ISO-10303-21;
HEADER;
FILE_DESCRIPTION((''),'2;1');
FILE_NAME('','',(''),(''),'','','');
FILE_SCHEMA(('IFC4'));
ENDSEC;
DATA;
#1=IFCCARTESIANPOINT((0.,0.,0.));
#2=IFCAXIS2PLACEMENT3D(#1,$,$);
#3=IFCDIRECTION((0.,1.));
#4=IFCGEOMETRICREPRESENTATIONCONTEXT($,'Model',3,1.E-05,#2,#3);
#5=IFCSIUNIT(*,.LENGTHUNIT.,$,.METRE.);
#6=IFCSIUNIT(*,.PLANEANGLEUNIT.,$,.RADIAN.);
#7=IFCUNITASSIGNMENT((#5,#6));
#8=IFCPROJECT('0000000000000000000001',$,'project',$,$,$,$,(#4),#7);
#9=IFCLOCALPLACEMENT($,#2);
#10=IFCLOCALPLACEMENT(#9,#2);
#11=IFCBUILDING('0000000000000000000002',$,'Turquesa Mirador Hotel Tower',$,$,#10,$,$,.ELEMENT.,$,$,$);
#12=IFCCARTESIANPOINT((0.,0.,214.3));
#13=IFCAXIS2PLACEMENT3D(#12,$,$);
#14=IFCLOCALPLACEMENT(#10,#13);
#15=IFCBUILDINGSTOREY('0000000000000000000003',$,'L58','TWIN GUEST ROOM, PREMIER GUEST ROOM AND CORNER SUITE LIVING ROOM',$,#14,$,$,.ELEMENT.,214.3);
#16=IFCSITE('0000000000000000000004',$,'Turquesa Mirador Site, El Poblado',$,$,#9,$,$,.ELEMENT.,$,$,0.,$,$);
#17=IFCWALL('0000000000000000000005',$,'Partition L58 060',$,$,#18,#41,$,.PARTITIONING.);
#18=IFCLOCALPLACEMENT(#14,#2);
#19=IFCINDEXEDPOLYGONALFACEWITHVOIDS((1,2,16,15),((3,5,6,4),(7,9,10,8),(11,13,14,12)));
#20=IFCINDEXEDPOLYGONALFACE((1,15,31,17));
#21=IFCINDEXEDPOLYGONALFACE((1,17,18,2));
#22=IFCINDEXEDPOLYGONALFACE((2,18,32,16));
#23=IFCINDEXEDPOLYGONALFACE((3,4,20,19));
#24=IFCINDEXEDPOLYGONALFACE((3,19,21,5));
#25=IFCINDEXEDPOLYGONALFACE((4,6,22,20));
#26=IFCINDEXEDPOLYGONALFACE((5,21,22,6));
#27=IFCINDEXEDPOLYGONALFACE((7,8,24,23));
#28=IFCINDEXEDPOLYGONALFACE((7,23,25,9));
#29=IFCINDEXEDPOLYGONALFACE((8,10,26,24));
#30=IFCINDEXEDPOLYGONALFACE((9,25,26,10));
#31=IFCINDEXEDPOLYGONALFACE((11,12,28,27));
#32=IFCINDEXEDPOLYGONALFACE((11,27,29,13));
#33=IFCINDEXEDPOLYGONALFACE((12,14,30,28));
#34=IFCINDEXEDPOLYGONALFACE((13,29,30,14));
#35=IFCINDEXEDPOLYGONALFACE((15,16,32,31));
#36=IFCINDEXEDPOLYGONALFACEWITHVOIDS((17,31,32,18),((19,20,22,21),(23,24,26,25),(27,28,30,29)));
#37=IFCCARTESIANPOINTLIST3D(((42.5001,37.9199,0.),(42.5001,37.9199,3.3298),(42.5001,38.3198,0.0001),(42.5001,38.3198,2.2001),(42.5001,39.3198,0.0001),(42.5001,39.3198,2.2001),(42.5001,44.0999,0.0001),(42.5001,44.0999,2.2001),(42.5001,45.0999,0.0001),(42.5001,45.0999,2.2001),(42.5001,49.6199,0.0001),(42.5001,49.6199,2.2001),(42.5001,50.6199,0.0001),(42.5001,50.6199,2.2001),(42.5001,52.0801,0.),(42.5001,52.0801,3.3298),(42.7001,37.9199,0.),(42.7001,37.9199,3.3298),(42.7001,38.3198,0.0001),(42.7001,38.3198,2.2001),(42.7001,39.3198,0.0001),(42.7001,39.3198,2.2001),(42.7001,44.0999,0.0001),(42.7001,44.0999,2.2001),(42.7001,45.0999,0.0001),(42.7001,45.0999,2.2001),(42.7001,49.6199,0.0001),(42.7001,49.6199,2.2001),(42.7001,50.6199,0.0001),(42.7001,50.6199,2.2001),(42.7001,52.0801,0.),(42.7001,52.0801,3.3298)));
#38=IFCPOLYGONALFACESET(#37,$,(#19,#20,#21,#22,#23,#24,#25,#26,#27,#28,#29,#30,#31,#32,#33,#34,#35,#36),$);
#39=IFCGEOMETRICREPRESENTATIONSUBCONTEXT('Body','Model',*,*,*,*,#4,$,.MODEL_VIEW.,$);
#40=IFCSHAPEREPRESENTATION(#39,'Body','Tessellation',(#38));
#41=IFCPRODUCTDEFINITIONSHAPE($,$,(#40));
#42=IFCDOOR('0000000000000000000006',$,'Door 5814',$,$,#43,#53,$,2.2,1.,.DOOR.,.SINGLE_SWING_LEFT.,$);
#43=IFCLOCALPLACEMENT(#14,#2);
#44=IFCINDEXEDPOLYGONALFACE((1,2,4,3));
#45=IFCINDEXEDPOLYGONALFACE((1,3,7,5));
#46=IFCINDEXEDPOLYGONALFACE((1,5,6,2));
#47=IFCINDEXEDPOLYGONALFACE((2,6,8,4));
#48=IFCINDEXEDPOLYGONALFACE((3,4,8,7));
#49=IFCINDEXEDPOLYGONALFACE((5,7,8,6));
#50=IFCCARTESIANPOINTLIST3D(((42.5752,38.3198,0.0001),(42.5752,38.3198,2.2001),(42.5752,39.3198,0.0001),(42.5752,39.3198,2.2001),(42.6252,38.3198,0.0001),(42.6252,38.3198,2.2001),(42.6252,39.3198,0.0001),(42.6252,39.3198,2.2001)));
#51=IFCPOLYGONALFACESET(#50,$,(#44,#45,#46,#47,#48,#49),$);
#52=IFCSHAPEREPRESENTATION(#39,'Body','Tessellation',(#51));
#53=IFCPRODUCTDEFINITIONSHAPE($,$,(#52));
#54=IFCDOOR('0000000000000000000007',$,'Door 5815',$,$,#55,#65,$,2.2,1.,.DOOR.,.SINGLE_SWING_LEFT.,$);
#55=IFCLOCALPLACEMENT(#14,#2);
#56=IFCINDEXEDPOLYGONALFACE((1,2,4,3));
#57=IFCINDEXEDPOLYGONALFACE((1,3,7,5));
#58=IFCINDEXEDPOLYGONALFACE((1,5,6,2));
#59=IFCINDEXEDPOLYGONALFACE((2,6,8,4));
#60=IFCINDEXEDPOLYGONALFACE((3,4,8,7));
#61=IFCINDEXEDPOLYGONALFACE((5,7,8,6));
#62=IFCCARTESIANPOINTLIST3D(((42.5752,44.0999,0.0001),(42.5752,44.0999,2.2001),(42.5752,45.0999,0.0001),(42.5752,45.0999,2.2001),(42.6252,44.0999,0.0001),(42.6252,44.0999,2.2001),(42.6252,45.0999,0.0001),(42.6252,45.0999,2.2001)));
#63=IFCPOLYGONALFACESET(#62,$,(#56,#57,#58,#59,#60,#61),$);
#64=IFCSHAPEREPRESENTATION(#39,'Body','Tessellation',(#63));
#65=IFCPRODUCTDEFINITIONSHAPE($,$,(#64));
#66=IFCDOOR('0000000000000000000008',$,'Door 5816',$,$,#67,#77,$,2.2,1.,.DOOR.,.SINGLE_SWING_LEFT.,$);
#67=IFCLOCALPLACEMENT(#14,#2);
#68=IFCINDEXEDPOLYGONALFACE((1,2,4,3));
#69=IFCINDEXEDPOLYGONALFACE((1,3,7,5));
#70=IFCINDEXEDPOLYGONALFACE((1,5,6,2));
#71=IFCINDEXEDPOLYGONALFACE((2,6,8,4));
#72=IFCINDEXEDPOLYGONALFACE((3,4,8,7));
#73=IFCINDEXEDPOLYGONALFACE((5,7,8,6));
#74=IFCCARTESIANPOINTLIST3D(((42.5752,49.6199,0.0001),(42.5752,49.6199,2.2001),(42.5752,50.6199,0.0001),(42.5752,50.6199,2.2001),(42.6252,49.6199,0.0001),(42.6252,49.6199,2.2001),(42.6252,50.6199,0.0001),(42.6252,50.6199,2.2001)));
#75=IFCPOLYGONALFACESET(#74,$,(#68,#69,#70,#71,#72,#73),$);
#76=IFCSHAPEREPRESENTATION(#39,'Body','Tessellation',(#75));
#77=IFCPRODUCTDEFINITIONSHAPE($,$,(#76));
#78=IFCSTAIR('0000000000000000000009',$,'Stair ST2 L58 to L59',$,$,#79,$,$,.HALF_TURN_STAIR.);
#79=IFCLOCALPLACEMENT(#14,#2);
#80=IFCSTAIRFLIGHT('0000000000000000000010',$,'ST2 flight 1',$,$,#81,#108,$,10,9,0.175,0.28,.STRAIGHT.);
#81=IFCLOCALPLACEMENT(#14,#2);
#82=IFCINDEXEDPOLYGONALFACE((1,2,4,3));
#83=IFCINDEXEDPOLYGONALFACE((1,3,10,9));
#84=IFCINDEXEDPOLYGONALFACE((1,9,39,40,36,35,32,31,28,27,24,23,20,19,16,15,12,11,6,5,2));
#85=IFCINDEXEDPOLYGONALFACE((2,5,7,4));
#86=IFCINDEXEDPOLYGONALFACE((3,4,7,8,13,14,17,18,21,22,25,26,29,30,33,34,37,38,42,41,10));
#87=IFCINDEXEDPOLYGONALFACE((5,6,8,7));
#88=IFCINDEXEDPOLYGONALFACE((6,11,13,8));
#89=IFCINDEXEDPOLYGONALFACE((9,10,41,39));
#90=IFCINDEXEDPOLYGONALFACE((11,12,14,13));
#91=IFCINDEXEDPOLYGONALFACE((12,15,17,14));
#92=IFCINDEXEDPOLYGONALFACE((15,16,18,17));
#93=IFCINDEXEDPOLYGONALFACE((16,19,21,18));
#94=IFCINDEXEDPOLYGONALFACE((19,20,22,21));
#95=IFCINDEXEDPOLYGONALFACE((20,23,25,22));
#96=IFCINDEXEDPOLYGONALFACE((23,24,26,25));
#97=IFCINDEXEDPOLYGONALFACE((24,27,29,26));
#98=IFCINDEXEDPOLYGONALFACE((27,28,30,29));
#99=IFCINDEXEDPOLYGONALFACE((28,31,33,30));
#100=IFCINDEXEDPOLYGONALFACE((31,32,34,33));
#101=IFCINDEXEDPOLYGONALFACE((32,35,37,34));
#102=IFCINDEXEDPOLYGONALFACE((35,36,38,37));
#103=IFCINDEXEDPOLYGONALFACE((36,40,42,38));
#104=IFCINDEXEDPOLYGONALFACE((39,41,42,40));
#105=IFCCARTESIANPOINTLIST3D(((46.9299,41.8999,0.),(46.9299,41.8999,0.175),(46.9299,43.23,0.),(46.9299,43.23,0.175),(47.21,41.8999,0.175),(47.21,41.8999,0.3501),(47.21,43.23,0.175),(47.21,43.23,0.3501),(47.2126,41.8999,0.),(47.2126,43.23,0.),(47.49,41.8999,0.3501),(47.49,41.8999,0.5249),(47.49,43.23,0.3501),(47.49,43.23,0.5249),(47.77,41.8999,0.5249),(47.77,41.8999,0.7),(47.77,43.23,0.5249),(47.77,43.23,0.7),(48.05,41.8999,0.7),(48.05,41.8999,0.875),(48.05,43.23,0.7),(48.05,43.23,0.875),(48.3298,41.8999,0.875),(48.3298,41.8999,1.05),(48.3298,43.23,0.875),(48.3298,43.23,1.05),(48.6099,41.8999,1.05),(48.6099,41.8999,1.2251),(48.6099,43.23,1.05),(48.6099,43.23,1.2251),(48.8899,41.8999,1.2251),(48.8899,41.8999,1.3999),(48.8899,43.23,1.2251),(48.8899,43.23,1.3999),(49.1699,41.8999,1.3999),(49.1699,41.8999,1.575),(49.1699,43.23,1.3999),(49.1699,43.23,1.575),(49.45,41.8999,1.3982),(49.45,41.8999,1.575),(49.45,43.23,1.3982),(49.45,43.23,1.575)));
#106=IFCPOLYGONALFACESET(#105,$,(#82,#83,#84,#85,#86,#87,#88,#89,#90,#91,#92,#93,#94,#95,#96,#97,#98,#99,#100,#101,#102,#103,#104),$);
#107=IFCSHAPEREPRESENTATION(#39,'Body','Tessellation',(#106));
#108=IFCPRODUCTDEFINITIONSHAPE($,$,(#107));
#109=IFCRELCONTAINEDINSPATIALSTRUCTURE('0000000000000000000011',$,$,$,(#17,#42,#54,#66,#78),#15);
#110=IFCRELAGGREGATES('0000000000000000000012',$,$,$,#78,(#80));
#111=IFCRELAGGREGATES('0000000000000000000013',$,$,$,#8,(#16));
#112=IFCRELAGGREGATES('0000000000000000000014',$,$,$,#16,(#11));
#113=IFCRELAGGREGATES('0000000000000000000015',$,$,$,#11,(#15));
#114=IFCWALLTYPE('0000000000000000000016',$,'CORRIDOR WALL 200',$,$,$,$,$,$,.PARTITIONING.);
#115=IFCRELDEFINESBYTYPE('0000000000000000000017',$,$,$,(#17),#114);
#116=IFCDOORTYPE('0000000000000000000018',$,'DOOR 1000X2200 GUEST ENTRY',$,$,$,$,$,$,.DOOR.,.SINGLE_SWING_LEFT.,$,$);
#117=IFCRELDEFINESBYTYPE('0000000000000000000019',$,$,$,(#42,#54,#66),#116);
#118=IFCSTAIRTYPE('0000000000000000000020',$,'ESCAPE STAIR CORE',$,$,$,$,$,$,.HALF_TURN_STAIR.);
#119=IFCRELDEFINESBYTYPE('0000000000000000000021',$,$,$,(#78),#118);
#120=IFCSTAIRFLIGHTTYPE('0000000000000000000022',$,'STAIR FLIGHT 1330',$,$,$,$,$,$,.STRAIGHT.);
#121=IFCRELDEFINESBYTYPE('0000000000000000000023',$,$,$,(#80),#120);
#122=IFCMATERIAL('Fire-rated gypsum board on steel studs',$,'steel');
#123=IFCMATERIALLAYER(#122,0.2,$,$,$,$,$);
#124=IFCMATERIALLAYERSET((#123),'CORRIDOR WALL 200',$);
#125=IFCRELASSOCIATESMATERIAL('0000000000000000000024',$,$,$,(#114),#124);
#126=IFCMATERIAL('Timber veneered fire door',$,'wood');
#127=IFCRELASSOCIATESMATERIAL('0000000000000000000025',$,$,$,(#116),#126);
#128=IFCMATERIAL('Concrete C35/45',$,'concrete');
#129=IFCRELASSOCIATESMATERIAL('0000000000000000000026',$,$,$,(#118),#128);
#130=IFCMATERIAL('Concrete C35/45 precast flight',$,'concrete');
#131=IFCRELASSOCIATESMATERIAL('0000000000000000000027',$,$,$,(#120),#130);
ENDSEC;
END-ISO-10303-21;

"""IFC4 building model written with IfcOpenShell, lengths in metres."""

from ifc_helpers import new_model, si_unit, direction, frame, frame_2d, origin, place, context, subcontext, project, spatial, polyline, rectangle, outline, extrude, material, layer, layer_set, type_object, element, fill, aggregate, save


model = new_model("IFC4")

# Units and contexts
model_context = context("Model", 3, precision=1e-05, world=origin(), true_north=direction((0.0, 1.0)))
body_context = subcontext(model_context, "Body", "Model", "MODEL_VIEW")
ifc_project = project(units=[si_unit("LENGTHUNIT", "METRE"), si_unit("PLANEANGLEUNIT", "RADIAN")], contexts=[model_context])

# Site, building, storey
site_placement = place(None, origin())
site = spatial("IfcSite", under=ifc_project, at=site_placement, Name="Turquesa Mirador Site, El Poblado", CompositionType="ELEMENT", RefElevation=0.0)
building_placement = place(site_placement, origin())
building = spatial("IfcBuilding", under=site, at=building_placement, Name="Turquesa Mirador Hotel Tower", CompositionType="ELEMENT")
storey_placement = place(building_placement, frame((0.0, 0.0, 214.3)))
storey = spatial("IfcBuildingStorey", under=building, at=storey_placement, Name="L58", Description="TWIN GUEST ROOM, PREMIER GUEST ROOM AND CORNER SUITE LIVING ROOM", CompositionType="ELEMENT", Elevation=214.3)

# Shared definitions
ifc_material_1 = material(Name="Fire-rated gypsum board on steel studs", Category="steel")
ifc_layer_1 = layer(ifc_material_1, 0.2)
ifc_layer_set_1 = layer_set([ifc_layer_1], Name="CORRIDOR WALL 200")
wall_type_1 = type_object("IfcWallType", Name="CORRIDOR WALL 200", PredefinedType="PARTITIONING", material=ifc_layer_set_1)

# Wall, openings, doors
wall_1_placement = place(storey_placement, frame((42.6001, 37.9199, 0.0), z_axis=(0.0, 0.0, 1.0), x_axis=(0.0, 1.0, 0.0)))
wall_1 = element("IfcWall", 1, at=wall_1_placement, inside=storey, type_object=wall_type_1, Name="Partition L58 060", PredefinedType="PARTITIONING", context=body_context, shape_type="SweptSolid", body=[
    extrude(rectangle(XDim=14.1602, YDim=0.2, at=frame_2d((7.0801, 0.0))), origin(), (0.0, 0.0, 1.0), 3.3298),
])
opening_1_placement = place(wall_1_placement, frame((0.3999, 0.0, 0.0)))
opening_1 = element("IfcOpeningElement", 2, at=opening_1_placement, cuts=wall_1, PredefinedType="OPENING", context=body_context, shape_type="SweptSolid", body=[
    extrude(rectangle(XDim=1.0, YDim=2.2, at=frame_2d((0.5, 1.1001))), frame((0.0, 0.1099, 0.0), z_axis=(0.0, -1.0, 0.0), x_axis=(1.0, 0.0, 0.0)), (0.0, 0.0, 1.0), 0.22),
])
opening_2_placement = place(wall_1_placement, frame((6.1799, 0.0, 0.0)))
opening_2 = element("IfcOpeningElement", 3, at=opening_2_placement, cuts=wall_1, PredefinedType="OPENING", context=body_context, shape_type="SweptSolid", body=[
    extrude(rectangle(XDim=1.0, YDim=2.2, at=frame_2d((0.5, 1.1001))), frame((0.0, 0.1099, 0.0), z_axis=(0.0, -1.0, 0.0), x_axis=(1.0, 0.0, 0.0)), (0.0, 0.0, 1.0), 0.22),
])
opening_3_placement = place(wall_1_placement, frame((11.7, 0.0, 0.0)))
opening_3 = element("IfcOpeningElement", 4, at=opening_3_placement, cuts=wall_1, PredefinedType="OPENING", context=body_context, shape_type="SweptSolid", body=[
    extrude(rectangle(XDim=1.0, YDim=2.2, at=frame_2d((0.5, 1.1001))), frame((0.0, 0.1099, 0.0), z_axis=(0.0, -1.0, 0.0), x_axis=(1.0, 0.0, 0.0)), (0.0, 0.0, 1.0), 0.22),
])
ifc_material_2 = material(Name="Timber veneered fire door", Category="wood")
door_type_1 = type_object("IfcDoorType", Name="DOOR 1000X2200 GUEST ENTRY", OperationType="SINGLE_SWING_LEFT", PredefinedType="DOOR", material=ifc_material_2)
door_1_placement = place(opening_1_placement, origin())
door_1 = element("IfcDoor", 5, at=door_1_placement, inside=storey, type_object=door_type_1, Name="Door 5814", OperationType="SINGLE_SWING_LEFT", OverallHeight=2.2, OverallWidth=1.0, PredefinedType="DOOR", context=body_context, shape_type="SweptSolid", body=[
    extrude(rectangle(XDim=1.0, YDim=2.2, at=frame_2d((0.5, 1.1001))), frame((0.0, 0.0249, 0.0), z_axis=(0.0, -1.0, 0.0), x_axis=(1.0, 0.0, 0.0)), (0.0, 0.0, 1.0), 0.05),
])
fill(opening_1, door_1)
door_2_placement = place(opening_2_placement, origin())
door_2 = element("IfcDoor", 6, at=door_2_placement, inside=storey, type_object=door_type_1, Name="Door 5815", OperationType="SINGLE_SWING_LEFT", OverallHeight=2.2, OverallWidth=1.0, PredefinedType="DOOR", context=body_context, shape_type="SweptSolid", body=[
    extrude(rectangle(XDim=1.0, YDim=2.2, at=frame_2d((0.5, 1.1001))), frame((0.0, 0.0249, 0.0), z_axis=(0.0, -1.0, 0.0), x_axis=(1.0, 0.0, 0.0)), (0.0, 0.0, 1.0), 0.05),
])
fill(opening_2, door_2)
door_3_placement = place(opening_3_placement, origin())
door_3 = element("IfcDoor", 7, at=door_3_placement, inside=storey, type_object=door_type_1, Name="Door 5816", OperationType="SINGLE_SWING_LEFT", OverallHeight=2.2, OverallWidth=1.0, PredefinedType="DOOR", context=body_context, shape_type="SweptSolid", body=[
    extrude(rectangle(XDim=1.0, YDim=2.2, at=frame_2d((0.5, 1.1001))), frame((0.0, 0.0249, 0.0), z_axis=(0.0, -1.0, 0.0), x_axis=(1.0, 0.0, 0.0)), (0.0, 0.0, 1.0), 0.05),
])
fill(opening_3, door_3)

# Stair, stair flight
ifc_material_3 = material(Name="Concrete C35/45", Category="concrete")
stair_type = type_object("IfcStairType", Name="ESCAPE STAIR CORE", PredefinedType="HALF_TURN_STAIR", material=ifc_material_3)
stair_placement = place(storey_placement, origin())
stair = element("IfcStair", 8, at=stair_placement, inside=storey, type_object=stair_type, Name="Stair ST2 L58 to L59", PredefinedType="HALF_TURN_STAIR")
ifc_material_4 = material(Name="Concrete C35/45 precast flight", Category="concrete")
stair_flight_type = type_object("IfcStairFlightType", Name="STAIR FLIGHT 1330", PredefinedType="STRAIGHT", material=ifc_material_4)
stair_flight_placement = place(storey_placement, frame((46.9299, 42.5649, 0.0), z_axis=(0.0, 0.0, 1.0), x_axis=(1.0, 0.0, 0.0)))
stair_flight = element("IfcStairFlight", 9, at=stair_flight_placement, type_object=stair_flight_type, Name="ST2 flight 1", NumberOfRisers=10, NumberOfTreads=9, PredefinedType="STRAIGHT", RiserHeight=0.175, TreadLength=0.28, context=body_context, shape_type="SweptSolid", body=[
    extrude(outline(polyline([(0.0, 0.0), (0.0, 0.175), (0.28, 0.175), (0.28, 0.3501), (0.5601, 0.3501), (0.5601, 0.5249), (0.8401, 0.5249), (0.8401, 0.7), (1.1201, 0.7), (1.1201, 0.875), (1.3999, 0.875), (1.3999, 1.05), (1.6799, 1.05), (1.6799, 1.2251), (1.96, 1.2251), (1.96, 1.3999), (2.24, 1.3999), (2.24, 1.575), (2.52, 1.575), (2.52, 1.75), (2.52, 1.3982), (0.2827, 0.0), (0.0, 0.0)])), frame((0.0, 0.665, 0.0), z_axis=(0.0, -1.0, 0.0), x_axis=(1.0, 0.0, 0.0)), (0.0, 0.0, 1.0), 1.3301),
])
aggregate(stair, [stair_flight])

save(model, "model.ifc")
